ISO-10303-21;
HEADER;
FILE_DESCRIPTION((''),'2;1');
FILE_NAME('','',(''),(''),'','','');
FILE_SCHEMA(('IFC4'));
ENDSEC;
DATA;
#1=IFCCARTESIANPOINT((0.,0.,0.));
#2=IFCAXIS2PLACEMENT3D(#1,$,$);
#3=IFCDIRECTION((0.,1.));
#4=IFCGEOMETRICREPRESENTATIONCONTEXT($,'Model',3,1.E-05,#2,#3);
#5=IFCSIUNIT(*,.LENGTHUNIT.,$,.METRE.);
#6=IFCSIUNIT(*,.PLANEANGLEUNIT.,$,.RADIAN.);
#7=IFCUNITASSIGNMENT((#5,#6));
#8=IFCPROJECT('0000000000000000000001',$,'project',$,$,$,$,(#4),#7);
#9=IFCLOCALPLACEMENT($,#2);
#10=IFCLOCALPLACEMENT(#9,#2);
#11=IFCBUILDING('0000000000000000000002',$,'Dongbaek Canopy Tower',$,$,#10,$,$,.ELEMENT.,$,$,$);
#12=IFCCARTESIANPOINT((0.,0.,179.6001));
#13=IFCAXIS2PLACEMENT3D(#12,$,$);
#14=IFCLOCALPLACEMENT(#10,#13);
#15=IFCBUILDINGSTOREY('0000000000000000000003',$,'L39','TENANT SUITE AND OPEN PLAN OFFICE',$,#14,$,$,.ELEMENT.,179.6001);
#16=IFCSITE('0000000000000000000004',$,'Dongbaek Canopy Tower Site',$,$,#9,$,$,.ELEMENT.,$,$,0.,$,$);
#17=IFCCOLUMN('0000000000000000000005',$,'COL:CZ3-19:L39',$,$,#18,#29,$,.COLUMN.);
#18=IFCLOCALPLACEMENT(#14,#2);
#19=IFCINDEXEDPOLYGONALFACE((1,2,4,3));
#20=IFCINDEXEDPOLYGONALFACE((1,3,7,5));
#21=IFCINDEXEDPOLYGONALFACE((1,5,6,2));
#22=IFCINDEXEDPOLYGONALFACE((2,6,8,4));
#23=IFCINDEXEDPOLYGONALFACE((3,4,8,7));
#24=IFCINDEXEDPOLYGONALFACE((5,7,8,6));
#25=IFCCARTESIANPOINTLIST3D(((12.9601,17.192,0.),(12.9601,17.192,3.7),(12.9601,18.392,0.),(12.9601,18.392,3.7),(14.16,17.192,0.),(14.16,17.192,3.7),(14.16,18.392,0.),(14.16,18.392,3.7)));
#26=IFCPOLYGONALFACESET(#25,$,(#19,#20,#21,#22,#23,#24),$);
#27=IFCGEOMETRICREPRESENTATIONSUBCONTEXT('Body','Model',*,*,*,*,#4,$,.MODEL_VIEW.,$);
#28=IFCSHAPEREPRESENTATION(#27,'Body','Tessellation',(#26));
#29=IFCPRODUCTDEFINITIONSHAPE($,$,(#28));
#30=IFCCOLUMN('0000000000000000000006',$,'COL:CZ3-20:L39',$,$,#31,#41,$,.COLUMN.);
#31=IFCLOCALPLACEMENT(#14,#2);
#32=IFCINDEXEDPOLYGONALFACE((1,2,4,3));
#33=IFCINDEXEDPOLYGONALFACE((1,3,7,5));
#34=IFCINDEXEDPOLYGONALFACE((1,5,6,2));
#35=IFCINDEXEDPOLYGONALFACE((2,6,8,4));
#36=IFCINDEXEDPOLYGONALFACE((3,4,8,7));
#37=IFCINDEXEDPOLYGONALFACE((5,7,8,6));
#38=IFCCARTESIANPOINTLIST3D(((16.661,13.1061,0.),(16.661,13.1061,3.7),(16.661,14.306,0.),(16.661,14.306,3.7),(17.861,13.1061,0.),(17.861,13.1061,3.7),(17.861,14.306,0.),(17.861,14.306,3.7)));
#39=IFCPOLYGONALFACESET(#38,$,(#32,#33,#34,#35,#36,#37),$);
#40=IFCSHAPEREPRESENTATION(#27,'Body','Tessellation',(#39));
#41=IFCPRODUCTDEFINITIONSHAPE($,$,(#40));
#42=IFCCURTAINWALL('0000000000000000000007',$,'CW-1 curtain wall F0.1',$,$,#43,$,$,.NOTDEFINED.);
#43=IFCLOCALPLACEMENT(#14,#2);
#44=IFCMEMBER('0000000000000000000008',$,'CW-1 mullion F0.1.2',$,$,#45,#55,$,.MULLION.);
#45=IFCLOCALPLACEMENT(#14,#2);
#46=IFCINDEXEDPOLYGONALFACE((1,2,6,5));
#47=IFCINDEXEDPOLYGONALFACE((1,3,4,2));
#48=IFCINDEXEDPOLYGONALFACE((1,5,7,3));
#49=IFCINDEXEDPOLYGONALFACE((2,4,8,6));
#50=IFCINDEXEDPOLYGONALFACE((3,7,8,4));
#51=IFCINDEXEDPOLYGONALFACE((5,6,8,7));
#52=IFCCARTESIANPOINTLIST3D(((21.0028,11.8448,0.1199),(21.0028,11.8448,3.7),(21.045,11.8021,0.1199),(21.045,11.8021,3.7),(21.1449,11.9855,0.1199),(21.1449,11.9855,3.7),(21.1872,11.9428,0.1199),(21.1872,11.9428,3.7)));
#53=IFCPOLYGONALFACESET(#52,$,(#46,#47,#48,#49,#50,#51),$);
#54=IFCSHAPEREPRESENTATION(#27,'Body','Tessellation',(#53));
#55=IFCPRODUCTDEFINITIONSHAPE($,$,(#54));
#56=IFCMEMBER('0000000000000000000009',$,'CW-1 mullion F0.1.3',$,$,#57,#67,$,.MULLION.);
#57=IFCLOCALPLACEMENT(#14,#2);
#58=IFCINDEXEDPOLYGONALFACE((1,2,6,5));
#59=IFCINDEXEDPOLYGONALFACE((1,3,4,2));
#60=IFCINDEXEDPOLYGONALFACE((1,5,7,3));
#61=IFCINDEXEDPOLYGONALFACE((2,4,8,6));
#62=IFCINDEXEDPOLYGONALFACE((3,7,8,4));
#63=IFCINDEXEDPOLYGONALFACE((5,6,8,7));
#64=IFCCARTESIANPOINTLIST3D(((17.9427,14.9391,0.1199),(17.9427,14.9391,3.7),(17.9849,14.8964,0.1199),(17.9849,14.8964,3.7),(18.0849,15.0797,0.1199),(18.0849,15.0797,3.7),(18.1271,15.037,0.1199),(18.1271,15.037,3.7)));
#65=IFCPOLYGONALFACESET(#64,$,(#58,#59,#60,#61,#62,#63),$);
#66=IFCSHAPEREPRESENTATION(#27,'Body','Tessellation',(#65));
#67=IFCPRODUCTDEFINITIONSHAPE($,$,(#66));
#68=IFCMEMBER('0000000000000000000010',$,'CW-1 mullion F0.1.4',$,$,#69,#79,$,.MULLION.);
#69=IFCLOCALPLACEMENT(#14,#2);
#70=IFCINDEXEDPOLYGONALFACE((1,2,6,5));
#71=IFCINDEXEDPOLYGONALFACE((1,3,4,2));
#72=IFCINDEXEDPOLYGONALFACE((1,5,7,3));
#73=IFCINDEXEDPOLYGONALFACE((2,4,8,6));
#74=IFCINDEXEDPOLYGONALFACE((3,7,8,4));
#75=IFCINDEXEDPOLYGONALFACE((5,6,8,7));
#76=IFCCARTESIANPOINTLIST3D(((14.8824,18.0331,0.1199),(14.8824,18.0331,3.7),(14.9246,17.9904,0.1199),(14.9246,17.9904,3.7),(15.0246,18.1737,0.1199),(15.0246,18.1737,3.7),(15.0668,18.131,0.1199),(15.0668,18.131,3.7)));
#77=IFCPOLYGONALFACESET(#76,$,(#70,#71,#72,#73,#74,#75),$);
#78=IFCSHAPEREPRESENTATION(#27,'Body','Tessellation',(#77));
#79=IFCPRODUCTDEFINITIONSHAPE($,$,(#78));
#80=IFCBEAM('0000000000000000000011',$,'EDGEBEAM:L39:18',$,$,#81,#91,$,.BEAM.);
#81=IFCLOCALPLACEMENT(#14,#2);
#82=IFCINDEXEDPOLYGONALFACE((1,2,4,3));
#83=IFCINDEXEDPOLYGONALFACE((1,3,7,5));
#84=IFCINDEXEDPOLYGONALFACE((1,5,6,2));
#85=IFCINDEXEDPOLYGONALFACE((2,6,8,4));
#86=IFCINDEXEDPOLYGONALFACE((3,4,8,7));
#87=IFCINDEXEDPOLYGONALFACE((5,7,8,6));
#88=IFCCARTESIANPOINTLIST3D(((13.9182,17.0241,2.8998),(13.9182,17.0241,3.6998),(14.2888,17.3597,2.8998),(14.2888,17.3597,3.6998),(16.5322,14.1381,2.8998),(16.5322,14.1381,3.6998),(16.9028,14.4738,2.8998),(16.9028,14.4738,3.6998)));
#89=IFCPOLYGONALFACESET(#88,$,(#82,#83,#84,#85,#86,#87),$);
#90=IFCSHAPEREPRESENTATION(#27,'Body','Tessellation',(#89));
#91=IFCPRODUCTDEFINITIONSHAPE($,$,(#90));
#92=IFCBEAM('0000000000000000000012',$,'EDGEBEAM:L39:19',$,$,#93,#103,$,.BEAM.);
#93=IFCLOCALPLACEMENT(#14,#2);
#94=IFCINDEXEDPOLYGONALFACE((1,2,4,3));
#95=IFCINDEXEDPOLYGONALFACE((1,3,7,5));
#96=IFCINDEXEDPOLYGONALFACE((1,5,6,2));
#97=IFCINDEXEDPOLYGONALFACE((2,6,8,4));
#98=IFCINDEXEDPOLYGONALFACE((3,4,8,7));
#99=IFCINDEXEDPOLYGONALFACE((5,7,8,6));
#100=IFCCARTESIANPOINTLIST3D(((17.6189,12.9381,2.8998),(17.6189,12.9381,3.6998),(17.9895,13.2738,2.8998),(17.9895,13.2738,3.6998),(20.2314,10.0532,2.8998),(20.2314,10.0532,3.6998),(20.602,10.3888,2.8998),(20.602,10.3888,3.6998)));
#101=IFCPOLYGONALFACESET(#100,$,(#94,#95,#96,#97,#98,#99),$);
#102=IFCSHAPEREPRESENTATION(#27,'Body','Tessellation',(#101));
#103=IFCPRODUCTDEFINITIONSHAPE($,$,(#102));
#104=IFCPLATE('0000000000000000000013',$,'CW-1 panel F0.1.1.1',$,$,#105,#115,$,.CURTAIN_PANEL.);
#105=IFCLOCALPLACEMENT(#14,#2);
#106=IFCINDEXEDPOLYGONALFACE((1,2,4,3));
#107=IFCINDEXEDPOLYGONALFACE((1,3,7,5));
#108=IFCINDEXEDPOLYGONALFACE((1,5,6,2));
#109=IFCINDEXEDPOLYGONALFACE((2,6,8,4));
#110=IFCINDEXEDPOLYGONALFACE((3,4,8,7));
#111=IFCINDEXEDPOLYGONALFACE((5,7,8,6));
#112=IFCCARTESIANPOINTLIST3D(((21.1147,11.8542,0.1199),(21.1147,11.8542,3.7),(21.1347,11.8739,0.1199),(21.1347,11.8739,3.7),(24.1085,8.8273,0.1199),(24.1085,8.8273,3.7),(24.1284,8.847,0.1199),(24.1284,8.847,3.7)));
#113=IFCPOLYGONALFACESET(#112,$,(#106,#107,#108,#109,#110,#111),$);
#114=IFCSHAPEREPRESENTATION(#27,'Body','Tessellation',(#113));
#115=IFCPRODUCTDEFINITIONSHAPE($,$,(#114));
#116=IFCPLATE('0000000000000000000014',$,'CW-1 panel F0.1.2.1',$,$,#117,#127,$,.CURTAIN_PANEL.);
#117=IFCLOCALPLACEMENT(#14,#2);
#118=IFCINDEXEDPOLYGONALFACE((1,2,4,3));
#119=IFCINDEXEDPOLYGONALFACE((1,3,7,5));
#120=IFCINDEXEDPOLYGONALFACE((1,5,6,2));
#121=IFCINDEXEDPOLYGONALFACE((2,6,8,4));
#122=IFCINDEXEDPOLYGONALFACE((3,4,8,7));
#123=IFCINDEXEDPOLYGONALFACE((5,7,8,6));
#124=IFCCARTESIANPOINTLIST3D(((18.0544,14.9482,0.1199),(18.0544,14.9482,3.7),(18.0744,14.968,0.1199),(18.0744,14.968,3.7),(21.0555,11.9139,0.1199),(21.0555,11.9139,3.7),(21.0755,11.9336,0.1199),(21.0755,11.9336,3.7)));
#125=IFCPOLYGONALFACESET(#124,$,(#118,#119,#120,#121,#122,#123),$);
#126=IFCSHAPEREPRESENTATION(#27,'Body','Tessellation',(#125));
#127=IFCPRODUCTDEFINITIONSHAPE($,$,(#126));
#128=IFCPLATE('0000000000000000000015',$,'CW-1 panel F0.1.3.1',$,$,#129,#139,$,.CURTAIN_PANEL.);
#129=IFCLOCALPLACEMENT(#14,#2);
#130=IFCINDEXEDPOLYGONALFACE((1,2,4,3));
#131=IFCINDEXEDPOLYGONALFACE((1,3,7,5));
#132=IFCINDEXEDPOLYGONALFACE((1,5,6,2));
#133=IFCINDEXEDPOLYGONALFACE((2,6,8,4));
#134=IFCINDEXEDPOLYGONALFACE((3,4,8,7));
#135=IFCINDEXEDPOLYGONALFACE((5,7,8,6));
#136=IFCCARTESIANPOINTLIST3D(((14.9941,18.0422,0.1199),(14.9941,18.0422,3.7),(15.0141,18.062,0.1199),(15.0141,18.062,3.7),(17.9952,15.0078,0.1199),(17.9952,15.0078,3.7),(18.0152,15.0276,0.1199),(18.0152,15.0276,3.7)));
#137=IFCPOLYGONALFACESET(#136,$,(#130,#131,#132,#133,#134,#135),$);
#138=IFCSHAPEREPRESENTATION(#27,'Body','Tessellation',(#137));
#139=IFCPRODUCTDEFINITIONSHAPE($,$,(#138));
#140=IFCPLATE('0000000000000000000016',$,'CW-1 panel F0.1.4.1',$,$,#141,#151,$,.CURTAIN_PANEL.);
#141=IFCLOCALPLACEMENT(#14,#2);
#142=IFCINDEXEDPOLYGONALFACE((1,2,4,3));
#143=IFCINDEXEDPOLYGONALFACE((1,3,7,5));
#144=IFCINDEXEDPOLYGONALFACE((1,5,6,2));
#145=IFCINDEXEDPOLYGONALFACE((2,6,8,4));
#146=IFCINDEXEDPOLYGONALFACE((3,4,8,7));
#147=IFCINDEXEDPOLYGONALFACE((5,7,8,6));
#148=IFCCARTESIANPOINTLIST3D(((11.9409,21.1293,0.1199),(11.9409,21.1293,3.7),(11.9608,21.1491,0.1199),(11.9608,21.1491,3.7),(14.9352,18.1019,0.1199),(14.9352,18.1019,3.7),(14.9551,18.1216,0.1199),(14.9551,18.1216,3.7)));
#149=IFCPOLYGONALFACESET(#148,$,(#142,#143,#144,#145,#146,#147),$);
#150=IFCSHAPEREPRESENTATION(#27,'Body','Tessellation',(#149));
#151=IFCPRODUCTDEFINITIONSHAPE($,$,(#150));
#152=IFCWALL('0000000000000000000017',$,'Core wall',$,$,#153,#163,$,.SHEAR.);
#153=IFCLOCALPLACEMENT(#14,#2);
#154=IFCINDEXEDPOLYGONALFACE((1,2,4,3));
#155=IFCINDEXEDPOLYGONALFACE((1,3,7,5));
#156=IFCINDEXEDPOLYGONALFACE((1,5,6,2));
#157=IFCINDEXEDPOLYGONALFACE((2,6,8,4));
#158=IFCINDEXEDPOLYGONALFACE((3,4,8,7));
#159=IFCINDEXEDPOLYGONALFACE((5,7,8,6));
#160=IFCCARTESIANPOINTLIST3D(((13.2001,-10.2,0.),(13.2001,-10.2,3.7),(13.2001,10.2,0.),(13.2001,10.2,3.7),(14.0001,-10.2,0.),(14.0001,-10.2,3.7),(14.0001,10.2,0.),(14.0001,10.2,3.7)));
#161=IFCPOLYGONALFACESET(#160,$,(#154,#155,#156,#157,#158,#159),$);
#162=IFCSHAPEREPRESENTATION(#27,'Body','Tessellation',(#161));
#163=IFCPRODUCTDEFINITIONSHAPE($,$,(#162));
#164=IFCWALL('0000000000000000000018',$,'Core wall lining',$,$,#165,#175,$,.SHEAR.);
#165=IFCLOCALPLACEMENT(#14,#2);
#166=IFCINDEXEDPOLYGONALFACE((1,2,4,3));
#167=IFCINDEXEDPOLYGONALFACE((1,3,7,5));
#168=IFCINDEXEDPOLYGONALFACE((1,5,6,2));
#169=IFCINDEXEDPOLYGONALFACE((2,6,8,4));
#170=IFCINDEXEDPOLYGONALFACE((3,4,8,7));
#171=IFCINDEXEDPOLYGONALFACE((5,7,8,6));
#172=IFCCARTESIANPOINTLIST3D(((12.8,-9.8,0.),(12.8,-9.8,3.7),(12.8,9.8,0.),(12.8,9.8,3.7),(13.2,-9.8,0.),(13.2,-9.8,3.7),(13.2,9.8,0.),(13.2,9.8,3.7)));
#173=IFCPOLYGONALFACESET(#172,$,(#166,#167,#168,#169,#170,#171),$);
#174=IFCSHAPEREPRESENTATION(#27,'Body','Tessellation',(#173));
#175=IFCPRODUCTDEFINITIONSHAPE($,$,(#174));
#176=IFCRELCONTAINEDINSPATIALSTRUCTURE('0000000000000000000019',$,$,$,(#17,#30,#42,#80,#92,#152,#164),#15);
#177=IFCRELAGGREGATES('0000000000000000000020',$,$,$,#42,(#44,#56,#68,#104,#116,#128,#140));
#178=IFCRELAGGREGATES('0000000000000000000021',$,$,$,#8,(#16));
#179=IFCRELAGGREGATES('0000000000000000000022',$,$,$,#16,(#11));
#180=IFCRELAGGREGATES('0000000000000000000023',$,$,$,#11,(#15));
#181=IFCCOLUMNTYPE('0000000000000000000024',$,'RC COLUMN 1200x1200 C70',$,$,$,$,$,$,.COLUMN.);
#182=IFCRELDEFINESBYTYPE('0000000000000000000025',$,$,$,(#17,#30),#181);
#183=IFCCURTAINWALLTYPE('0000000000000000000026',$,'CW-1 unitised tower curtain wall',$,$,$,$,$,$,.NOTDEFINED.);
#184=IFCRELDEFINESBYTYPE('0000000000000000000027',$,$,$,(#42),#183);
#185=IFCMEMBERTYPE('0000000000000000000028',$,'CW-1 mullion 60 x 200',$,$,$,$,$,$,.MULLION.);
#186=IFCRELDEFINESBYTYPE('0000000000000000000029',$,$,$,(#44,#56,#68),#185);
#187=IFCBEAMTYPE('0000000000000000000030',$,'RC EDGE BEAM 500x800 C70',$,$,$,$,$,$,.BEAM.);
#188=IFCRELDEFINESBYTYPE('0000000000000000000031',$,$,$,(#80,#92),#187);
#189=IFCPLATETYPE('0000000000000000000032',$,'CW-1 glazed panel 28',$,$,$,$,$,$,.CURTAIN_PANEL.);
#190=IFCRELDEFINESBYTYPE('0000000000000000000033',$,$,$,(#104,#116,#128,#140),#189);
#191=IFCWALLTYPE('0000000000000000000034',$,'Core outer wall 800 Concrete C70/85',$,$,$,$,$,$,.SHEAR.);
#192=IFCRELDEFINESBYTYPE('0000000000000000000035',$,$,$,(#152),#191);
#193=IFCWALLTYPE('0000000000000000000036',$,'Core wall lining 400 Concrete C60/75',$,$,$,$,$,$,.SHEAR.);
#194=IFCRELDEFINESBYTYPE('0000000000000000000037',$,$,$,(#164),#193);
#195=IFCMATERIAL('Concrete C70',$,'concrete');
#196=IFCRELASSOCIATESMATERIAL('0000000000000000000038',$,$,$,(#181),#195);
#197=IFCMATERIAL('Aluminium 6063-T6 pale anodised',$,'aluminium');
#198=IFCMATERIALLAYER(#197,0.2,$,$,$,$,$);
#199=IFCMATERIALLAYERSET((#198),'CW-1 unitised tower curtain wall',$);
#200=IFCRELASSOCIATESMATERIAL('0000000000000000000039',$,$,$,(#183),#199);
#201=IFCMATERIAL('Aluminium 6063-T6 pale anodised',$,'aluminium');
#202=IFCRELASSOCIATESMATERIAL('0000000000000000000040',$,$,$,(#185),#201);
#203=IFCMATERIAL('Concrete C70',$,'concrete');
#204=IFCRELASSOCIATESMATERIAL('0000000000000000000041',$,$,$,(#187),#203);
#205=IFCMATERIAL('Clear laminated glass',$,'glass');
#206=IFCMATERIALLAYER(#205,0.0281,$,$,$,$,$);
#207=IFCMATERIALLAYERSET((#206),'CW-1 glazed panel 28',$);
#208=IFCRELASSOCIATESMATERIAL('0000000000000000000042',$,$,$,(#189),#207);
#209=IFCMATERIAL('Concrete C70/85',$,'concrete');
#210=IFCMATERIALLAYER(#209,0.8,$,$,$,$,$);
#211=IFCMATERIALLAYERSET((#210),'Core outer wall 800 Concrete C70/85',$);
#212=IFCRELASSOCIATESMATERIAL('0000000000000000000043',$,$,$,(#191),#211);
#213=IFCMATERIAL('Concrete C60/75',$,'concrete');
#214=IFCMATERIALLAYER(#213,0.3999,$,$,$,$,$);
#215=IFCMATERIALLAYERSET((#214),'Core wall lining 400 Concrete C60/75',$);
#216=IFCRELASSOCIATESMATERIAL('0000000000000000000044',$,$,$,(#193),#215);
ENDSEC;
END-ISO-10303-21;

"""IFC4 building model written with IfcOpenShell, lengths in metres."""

from ifc_helpers import new_model, si_unit, direction, frame, frame_2d, origin, origin_2d, place, context, subcontext, project, spatial, rectangle, extrude, material, layer, layer_set, material_profile, profile_set, type_object, element, aggregate, save


model = new_model("IFC4")

# Units and contexts
model_context = context("Model", 3, precision=1e-05, world=origin(), true_north=direction((0.0, 1.0)))
body_context = subcontext(model_context, "Body", "Model", "MODEL_VIEW")
ifc_project = project(units=[si_unit("LENGTHUNIT", "METRE"), si_unit("PLANEANGLEUNIT", "RADIAN")], contexts=[model_context])

# Site, building, storey
site_placement = place(None, origin())
site = spatial("IfcSite", under=ifc_project, at=site_placement, Name="Dongbaek Canopy Tower Site", CompositionType="ELEMENT", RefElevation=0.0)
building_placement = place(site_placement, origin())
building = spatial("IfcBuilding", under=site, at=building_placement, Name="Dongbaek Canopy Tower", CompositionType="ELEMENT")
storey_placement = place(building_placement, frame((0.0, 0.0, 179.6001)))
storey = spatial("IfcBuildingStorey", under=building, at=storey_placement, Name="L39", Description="TENANT SUITE AND OPEN PLAN OFFICE", CompositionType="ELEMENT", Elevation=179.6001)

# Columns
ifc_material_1 = material(Name="Concrete C70", Category="concrete")
ifc_material_profile_1 = material_profile(ifc_material_1, rectangle(XDim=1.2, YDim=1.2, at=origin_2d()), Name="RC COLUMN 1200x1200 C70")
ifc_profile_set_1 = profile_set([ifc_material_profile_1], Name="Concrete C70")
column_type = type_object("IfcColumnType", Name="RC COLUMN 1200x1200 C70", PredefinedType="COLUMN", material=ifc_profile_set_1)
for number, where, z_axis, x_axis, name in (
    (1, (13.5601, 17.792, 0.0), (0.0, 0.0, 1.0), (1.0, 0.0, 0.0), "COL:CZ3-19:L39"),
    (2, (17.261, 13.7061, 0.0), (0.0, 0.0, 1.0), (1.0, 0.0, 0.0), "COL:CZ3-20:L39"),
):
    element("IfcColumn", number, at=place(storey_placement, frame(where, z_axis=z_axis, x_axis=x_axis)), inside=storey, type_object=column_type, Name=name, PredefinedType="COLUMN", context=body_context, shape_type="SweptSolid", body=[
        extrude(rectangle(XDim=1.2, YDim=1.2, at=origin_2d()), origin(), (0.0, 0.0, 1.0), 3.7),
    ])

# Curtain wall, members
ifc_material_2 = material(Name="Aluminium 6063-T6 pale anodised", Category="aluminium")
ifc_layer_1 = layer(ifc_material_2, 0.2)
ifc_layer_set_1 = layer_set([ifc_layer_1], Name="CW-1 unitised tower curtain wall")
curtain_wall_type = type_object("IfcCurtainWallType", Name="CW-1 unitised tower curtain wall", PredefinedType="NOTDEFINED", material=ifc_layer_set_1)
curtain_wall_placement = place(storey_placement, origin())
curtain_wall = element("IfcCurtainWall", 3, at=curtain_wall_placement, inside=storey, type_object=curtain_wall_type, Name="CW-1 curtain wall F0.1", PredefinedType="NOTDEFINED")
ifc_material_3 = material(Name="Aluminium 6063-T6 pale anodised", Category="aluminium")
ifc_material_profile_2 = material_profile(ifc_material_3, rectangle(XDim=0.2, YDim=0.0601, at=origin_2d()), Name="CW-1 mullion 60 x 200")
ifc_profile_set_2 = profile_set([ifc_material_profile_2], Name="Aluminium 6063-T6 pale anodised")
member_type = type_object("IfcMemberType", Name="CW-1 mullion 60 x 200", PredefinedType="MULLION", material=ifc_profile_set_2)
member_1_placement = place(storey_placement, frame((21.095, 11.8938, 0.1199), z_axis=(0.0, 0.0, 1.0), x_axis=(0.710991, 0.703201, 0.0)))
member_1 = element("IfcMember", 4, at=member_1_placement, type_object=member_type, Name="CW-1 mullion F0.1.2", PredefinedType="MULLION", context=body_context, shape_type="SweptSolid", body=[
    extrude(rectangle(XDim=0.2, YDim=0.0601, at=origin_2d()), origin(), (0.0, 0.0, 1.0), 3.5801),
])
member_2_placement = place(storey_placement, frame((18.0349, 14.988, 0.1199), z_axis=(0.0, 0.0, 1.0), x_axis=(0.710991, 0.703201, 0.0)))
member_2 = element("IfcMember", 5, at=member_2_placement, type_object=member_type, Name="CW-1 mullion F0.1.3", PredefinedType="MULLION", context=body_context, shape_type="SweptSolid", body=[
    extrude(rectangle(XDim=0.2, YDim=0.0601, at=origin_2d()), origin(), (0.0, 0.0, 1.0), 3.5801),
])
member_3_placement = place(storey_placement, frame((14.9746, 18.082, 0.1199), z_axis=(0.0, 0.0, 1.0), x_axis=(0.710991, 0.703201, 0.0)))
member_3 = element("IfcMember", 6, at=member_3_placement, type_object=member_type, Name="CW-1 mullion F0.1.4", PredefinedType="MULLION", context=body_context, shape_type="SweptSolid", body=[
    extrude(rectangle(XDim=0.2, YDim=0.0601, at=origin_2d()), origin(), (0.0, 0.0, 1.0), 3.5801),
])

# Beams
ifc_material_4 = material(Name="Concrete C70", Category="concrete")
ifc_material_profile_3 = material_profile(ifc_material_4, rectangle(XDim=0.5, YDim=0.8, at=origin_2d()), Name="RC EDGE BEAM 500x800 C70")
ifc_profile_set_3 = profile_set([ifc_material_profile_3], Name="Concrete C70")
beam_type = type_object("IfcBeamType", Name="RC EDGE BEAM 500x800 C70", PredefinedType="BEAM", material=ifc_profile_set_3)
beam_1_placement = place(storey_placement, frame((14.1035, 17.1919, 3.2998), z_axis=(0.67132, -0.741167, 0.0), x_axis=(0.741167, 0.67132, 0.0)))
element("IfcBeam", 7, at=beam_1_placement, inside=storey, type_object=beam_type, Name="EDGEBEAM:L39:18", PredefinedType="BEAM", context=body_context, shape_type="SweptSolid", body=[
    extrude(rectangle(XDim=0.5, YDim=0.8, at=origin_2d()), origin(), (0.0, 0.0, 1.0), 3.8938),
])
beam_2_placement = place(storey_placement, frame((17.8042, 13.106, 3.2998), z_axis=(0.671238, -0.741241, 0.0), x_axis=(0.741241, 0.671238, 0.0)))
element("IfcBeam", 8, at=beam_2_placement, inside=storey, type_object=beam_type, Name="EDGEBEAM:L39:19", PredefinedType="BEAM", context=body_context, shape_type="SweptSolid", body=[
    extrude(rectangle(XDim=0.5, YDim=0.8, at=origin_2d()), origin(), (0.0, 0.0, 1.0), 3.8921),
])

# Plates
ifc_material_5 = material(Name="Clear laminated glass", Category="glass")
ifc_layer_2 = layer(ifc_material_5, 0.0281)
ifc_layer_set_2 = layer_set([ifc_layer_2], Name="CW-1 glazed panel 28")
plate_type = type_object("IfcPlateType", Name="CW-1 glazed panel 28", PredefinedType="CURTAIN_PANEL", material=ifc_layer_set_2)
plate_1_placement = place(storey_placement, frame((22.6216, 10.3506, 0.1199), z_axis=(0.0, 0.0, 1.0), x_axis=(-0.703201, 0.710991, 0.0)))
plate_1 = element("IfcPlate", 9, at=plate_1_placement, type_object=plate_type, Name="CW-1 panel F0.1.1.1", PredefinedType="CURTAIN_PANEL", context=body_context, shape_type="SweptSolid", body=[
    extrude(rectangle(XDim=4.2573, YDim=0.0281, at=origin_2d()), origin(), (0.0, 0.0, 1.0), 3.5801),
])
plate_2_placement = place(storey_placement, frame((19.5649, 13.4409, 0.1199), z_axis=(0.0, 0.0, 1.0), x_axis=(-0.703201, 0.710991, 0.0)))
plate_2 = element("IfcPlate", 10, at=plate_2_placement, type_object=plate_type, Name="CW-1 panel F0.1.2.1", PredefinedType="CURTAIN_PANEL", context=body_context, shape_type="SweptSolid", body=[
    extrude(rectangle(XDim=4.2678, YDim=0.0281, at=origin_2d()), origin(), (0.0, 0.0, 1.0), 3.5801),
])
plate_3_placement = place(storey_placement, frame((16.5046, 16.5349, 0.1199), z_axis=(0.0, 0.0, 1.0), x_axis=(-0.703201, 0.710991, 0.0)))
plate_3 = element("IfcPlate", 11, at=plate_3_placement, type_object=plate_type, Name="CW-1 panel F0.1.3.1", PredefinedType="CURTAIN_PANEL", context=body_context, shape_type="SweptSolid", body=[
    extrude(rectangle(XDim=4.2678, YDim=0.0281, at=origin_2d()), origin(), (0.0, 0.0, 1.0), 3.5801),
])
plate_4_placement = place(storey_placement, frame((13.448, 19.6255, 0.1199), z_axis=(0.0, 0.0, 1.0), x_axis=(-0.703201, 0.710991, 0.0)))
plate_4 = element("IfcPlate", 12, at=plate_4_placement, type_object=plate_type, Name="CW-1 panel F0.1.4.1", PredefinedType="CURTAIN_PANEL", context=body_context, shape_type="SweptSolid", body=[
    extrude(rectangle(XDim=4.2581, YDim=0.0281, at=origin_2d()), origin(), (0.0, 0.0, 1.0), 3.5801),
])

# Walls
ifc_material_6 = material(Name="Concrete C70/85", Category="concrete")
ifc_layer_3 = layer(ifc_material_6, 0.8)
ifc_layer_set_3 = layer_set([ifc_layer_3], Name="Core outer wall 800 Concrete C70/85")
wall_type_1 = type_object("IfcWallType", Name="Core outer wall 800 Concrete C70/85", PredefinedType="SHEAR", material=ifc_layer_set_3)
wall_1_placement = place(storey_placement, frame((13.6001, 10.2, 0.0), z_axis=(0.0, 0.0, 1.0), x_axis=(0.0, -1.0, 0.0)))
element("IfcWall", 13, at=wall_1_placement, inside=storey, type_object=wall_type_1, Name="Core wall", PredefinedType="SHEAR", context=body_context, shape_type="SweptSolid", body=[
    extrude(rectangle(XDim=20.3999, YDim=0.8, at=frame_2d((10.2, 0.0))), origin(), (0.0, 0.0, 1.0), 3.7),
])
ifc_material_7 = material(Name="Concrete C60/75", Category="concrete")
ifc_layer_4 = layer(ifc_material_7, 0.3999)
ifc_layer_set_4 = layer_set([ifc_layer_4], Name="Core wall lining 400 Concrete C60/75")
wall_type_2 = type_object("IfcWallType", Name="Core wall lining 400 Concrete C60/75", PredefinedType="SHEAR", material=ifc_layer_set_4)
wall_2_placement = place(storey_placement, frame((13.0, 9.8, 0.0), z_axis=(0.0, 0.0, 1.0), x_axis=(0.0, -1.0, 0.0)))
element("IfcWall", 14, at=wall_2_placement, inside=storey, type_object=wall_type_2, Name="Core wall lining", PredefinedType="SHEAR", context=body_context, shape_type="SweptSolid", body=[
    extrude(rectangle(XDim=19.6001, YDim=0.3999, at=frame_2d((9.8, 0.0))), origin(), (0.0, 0.0, 1.0), 3.7),
])

aggregate(curtain_wall, [member_1, member_2, member_3, plate_1, plate_2, plate_3, plate_4])

save(model, "model.ifc")
